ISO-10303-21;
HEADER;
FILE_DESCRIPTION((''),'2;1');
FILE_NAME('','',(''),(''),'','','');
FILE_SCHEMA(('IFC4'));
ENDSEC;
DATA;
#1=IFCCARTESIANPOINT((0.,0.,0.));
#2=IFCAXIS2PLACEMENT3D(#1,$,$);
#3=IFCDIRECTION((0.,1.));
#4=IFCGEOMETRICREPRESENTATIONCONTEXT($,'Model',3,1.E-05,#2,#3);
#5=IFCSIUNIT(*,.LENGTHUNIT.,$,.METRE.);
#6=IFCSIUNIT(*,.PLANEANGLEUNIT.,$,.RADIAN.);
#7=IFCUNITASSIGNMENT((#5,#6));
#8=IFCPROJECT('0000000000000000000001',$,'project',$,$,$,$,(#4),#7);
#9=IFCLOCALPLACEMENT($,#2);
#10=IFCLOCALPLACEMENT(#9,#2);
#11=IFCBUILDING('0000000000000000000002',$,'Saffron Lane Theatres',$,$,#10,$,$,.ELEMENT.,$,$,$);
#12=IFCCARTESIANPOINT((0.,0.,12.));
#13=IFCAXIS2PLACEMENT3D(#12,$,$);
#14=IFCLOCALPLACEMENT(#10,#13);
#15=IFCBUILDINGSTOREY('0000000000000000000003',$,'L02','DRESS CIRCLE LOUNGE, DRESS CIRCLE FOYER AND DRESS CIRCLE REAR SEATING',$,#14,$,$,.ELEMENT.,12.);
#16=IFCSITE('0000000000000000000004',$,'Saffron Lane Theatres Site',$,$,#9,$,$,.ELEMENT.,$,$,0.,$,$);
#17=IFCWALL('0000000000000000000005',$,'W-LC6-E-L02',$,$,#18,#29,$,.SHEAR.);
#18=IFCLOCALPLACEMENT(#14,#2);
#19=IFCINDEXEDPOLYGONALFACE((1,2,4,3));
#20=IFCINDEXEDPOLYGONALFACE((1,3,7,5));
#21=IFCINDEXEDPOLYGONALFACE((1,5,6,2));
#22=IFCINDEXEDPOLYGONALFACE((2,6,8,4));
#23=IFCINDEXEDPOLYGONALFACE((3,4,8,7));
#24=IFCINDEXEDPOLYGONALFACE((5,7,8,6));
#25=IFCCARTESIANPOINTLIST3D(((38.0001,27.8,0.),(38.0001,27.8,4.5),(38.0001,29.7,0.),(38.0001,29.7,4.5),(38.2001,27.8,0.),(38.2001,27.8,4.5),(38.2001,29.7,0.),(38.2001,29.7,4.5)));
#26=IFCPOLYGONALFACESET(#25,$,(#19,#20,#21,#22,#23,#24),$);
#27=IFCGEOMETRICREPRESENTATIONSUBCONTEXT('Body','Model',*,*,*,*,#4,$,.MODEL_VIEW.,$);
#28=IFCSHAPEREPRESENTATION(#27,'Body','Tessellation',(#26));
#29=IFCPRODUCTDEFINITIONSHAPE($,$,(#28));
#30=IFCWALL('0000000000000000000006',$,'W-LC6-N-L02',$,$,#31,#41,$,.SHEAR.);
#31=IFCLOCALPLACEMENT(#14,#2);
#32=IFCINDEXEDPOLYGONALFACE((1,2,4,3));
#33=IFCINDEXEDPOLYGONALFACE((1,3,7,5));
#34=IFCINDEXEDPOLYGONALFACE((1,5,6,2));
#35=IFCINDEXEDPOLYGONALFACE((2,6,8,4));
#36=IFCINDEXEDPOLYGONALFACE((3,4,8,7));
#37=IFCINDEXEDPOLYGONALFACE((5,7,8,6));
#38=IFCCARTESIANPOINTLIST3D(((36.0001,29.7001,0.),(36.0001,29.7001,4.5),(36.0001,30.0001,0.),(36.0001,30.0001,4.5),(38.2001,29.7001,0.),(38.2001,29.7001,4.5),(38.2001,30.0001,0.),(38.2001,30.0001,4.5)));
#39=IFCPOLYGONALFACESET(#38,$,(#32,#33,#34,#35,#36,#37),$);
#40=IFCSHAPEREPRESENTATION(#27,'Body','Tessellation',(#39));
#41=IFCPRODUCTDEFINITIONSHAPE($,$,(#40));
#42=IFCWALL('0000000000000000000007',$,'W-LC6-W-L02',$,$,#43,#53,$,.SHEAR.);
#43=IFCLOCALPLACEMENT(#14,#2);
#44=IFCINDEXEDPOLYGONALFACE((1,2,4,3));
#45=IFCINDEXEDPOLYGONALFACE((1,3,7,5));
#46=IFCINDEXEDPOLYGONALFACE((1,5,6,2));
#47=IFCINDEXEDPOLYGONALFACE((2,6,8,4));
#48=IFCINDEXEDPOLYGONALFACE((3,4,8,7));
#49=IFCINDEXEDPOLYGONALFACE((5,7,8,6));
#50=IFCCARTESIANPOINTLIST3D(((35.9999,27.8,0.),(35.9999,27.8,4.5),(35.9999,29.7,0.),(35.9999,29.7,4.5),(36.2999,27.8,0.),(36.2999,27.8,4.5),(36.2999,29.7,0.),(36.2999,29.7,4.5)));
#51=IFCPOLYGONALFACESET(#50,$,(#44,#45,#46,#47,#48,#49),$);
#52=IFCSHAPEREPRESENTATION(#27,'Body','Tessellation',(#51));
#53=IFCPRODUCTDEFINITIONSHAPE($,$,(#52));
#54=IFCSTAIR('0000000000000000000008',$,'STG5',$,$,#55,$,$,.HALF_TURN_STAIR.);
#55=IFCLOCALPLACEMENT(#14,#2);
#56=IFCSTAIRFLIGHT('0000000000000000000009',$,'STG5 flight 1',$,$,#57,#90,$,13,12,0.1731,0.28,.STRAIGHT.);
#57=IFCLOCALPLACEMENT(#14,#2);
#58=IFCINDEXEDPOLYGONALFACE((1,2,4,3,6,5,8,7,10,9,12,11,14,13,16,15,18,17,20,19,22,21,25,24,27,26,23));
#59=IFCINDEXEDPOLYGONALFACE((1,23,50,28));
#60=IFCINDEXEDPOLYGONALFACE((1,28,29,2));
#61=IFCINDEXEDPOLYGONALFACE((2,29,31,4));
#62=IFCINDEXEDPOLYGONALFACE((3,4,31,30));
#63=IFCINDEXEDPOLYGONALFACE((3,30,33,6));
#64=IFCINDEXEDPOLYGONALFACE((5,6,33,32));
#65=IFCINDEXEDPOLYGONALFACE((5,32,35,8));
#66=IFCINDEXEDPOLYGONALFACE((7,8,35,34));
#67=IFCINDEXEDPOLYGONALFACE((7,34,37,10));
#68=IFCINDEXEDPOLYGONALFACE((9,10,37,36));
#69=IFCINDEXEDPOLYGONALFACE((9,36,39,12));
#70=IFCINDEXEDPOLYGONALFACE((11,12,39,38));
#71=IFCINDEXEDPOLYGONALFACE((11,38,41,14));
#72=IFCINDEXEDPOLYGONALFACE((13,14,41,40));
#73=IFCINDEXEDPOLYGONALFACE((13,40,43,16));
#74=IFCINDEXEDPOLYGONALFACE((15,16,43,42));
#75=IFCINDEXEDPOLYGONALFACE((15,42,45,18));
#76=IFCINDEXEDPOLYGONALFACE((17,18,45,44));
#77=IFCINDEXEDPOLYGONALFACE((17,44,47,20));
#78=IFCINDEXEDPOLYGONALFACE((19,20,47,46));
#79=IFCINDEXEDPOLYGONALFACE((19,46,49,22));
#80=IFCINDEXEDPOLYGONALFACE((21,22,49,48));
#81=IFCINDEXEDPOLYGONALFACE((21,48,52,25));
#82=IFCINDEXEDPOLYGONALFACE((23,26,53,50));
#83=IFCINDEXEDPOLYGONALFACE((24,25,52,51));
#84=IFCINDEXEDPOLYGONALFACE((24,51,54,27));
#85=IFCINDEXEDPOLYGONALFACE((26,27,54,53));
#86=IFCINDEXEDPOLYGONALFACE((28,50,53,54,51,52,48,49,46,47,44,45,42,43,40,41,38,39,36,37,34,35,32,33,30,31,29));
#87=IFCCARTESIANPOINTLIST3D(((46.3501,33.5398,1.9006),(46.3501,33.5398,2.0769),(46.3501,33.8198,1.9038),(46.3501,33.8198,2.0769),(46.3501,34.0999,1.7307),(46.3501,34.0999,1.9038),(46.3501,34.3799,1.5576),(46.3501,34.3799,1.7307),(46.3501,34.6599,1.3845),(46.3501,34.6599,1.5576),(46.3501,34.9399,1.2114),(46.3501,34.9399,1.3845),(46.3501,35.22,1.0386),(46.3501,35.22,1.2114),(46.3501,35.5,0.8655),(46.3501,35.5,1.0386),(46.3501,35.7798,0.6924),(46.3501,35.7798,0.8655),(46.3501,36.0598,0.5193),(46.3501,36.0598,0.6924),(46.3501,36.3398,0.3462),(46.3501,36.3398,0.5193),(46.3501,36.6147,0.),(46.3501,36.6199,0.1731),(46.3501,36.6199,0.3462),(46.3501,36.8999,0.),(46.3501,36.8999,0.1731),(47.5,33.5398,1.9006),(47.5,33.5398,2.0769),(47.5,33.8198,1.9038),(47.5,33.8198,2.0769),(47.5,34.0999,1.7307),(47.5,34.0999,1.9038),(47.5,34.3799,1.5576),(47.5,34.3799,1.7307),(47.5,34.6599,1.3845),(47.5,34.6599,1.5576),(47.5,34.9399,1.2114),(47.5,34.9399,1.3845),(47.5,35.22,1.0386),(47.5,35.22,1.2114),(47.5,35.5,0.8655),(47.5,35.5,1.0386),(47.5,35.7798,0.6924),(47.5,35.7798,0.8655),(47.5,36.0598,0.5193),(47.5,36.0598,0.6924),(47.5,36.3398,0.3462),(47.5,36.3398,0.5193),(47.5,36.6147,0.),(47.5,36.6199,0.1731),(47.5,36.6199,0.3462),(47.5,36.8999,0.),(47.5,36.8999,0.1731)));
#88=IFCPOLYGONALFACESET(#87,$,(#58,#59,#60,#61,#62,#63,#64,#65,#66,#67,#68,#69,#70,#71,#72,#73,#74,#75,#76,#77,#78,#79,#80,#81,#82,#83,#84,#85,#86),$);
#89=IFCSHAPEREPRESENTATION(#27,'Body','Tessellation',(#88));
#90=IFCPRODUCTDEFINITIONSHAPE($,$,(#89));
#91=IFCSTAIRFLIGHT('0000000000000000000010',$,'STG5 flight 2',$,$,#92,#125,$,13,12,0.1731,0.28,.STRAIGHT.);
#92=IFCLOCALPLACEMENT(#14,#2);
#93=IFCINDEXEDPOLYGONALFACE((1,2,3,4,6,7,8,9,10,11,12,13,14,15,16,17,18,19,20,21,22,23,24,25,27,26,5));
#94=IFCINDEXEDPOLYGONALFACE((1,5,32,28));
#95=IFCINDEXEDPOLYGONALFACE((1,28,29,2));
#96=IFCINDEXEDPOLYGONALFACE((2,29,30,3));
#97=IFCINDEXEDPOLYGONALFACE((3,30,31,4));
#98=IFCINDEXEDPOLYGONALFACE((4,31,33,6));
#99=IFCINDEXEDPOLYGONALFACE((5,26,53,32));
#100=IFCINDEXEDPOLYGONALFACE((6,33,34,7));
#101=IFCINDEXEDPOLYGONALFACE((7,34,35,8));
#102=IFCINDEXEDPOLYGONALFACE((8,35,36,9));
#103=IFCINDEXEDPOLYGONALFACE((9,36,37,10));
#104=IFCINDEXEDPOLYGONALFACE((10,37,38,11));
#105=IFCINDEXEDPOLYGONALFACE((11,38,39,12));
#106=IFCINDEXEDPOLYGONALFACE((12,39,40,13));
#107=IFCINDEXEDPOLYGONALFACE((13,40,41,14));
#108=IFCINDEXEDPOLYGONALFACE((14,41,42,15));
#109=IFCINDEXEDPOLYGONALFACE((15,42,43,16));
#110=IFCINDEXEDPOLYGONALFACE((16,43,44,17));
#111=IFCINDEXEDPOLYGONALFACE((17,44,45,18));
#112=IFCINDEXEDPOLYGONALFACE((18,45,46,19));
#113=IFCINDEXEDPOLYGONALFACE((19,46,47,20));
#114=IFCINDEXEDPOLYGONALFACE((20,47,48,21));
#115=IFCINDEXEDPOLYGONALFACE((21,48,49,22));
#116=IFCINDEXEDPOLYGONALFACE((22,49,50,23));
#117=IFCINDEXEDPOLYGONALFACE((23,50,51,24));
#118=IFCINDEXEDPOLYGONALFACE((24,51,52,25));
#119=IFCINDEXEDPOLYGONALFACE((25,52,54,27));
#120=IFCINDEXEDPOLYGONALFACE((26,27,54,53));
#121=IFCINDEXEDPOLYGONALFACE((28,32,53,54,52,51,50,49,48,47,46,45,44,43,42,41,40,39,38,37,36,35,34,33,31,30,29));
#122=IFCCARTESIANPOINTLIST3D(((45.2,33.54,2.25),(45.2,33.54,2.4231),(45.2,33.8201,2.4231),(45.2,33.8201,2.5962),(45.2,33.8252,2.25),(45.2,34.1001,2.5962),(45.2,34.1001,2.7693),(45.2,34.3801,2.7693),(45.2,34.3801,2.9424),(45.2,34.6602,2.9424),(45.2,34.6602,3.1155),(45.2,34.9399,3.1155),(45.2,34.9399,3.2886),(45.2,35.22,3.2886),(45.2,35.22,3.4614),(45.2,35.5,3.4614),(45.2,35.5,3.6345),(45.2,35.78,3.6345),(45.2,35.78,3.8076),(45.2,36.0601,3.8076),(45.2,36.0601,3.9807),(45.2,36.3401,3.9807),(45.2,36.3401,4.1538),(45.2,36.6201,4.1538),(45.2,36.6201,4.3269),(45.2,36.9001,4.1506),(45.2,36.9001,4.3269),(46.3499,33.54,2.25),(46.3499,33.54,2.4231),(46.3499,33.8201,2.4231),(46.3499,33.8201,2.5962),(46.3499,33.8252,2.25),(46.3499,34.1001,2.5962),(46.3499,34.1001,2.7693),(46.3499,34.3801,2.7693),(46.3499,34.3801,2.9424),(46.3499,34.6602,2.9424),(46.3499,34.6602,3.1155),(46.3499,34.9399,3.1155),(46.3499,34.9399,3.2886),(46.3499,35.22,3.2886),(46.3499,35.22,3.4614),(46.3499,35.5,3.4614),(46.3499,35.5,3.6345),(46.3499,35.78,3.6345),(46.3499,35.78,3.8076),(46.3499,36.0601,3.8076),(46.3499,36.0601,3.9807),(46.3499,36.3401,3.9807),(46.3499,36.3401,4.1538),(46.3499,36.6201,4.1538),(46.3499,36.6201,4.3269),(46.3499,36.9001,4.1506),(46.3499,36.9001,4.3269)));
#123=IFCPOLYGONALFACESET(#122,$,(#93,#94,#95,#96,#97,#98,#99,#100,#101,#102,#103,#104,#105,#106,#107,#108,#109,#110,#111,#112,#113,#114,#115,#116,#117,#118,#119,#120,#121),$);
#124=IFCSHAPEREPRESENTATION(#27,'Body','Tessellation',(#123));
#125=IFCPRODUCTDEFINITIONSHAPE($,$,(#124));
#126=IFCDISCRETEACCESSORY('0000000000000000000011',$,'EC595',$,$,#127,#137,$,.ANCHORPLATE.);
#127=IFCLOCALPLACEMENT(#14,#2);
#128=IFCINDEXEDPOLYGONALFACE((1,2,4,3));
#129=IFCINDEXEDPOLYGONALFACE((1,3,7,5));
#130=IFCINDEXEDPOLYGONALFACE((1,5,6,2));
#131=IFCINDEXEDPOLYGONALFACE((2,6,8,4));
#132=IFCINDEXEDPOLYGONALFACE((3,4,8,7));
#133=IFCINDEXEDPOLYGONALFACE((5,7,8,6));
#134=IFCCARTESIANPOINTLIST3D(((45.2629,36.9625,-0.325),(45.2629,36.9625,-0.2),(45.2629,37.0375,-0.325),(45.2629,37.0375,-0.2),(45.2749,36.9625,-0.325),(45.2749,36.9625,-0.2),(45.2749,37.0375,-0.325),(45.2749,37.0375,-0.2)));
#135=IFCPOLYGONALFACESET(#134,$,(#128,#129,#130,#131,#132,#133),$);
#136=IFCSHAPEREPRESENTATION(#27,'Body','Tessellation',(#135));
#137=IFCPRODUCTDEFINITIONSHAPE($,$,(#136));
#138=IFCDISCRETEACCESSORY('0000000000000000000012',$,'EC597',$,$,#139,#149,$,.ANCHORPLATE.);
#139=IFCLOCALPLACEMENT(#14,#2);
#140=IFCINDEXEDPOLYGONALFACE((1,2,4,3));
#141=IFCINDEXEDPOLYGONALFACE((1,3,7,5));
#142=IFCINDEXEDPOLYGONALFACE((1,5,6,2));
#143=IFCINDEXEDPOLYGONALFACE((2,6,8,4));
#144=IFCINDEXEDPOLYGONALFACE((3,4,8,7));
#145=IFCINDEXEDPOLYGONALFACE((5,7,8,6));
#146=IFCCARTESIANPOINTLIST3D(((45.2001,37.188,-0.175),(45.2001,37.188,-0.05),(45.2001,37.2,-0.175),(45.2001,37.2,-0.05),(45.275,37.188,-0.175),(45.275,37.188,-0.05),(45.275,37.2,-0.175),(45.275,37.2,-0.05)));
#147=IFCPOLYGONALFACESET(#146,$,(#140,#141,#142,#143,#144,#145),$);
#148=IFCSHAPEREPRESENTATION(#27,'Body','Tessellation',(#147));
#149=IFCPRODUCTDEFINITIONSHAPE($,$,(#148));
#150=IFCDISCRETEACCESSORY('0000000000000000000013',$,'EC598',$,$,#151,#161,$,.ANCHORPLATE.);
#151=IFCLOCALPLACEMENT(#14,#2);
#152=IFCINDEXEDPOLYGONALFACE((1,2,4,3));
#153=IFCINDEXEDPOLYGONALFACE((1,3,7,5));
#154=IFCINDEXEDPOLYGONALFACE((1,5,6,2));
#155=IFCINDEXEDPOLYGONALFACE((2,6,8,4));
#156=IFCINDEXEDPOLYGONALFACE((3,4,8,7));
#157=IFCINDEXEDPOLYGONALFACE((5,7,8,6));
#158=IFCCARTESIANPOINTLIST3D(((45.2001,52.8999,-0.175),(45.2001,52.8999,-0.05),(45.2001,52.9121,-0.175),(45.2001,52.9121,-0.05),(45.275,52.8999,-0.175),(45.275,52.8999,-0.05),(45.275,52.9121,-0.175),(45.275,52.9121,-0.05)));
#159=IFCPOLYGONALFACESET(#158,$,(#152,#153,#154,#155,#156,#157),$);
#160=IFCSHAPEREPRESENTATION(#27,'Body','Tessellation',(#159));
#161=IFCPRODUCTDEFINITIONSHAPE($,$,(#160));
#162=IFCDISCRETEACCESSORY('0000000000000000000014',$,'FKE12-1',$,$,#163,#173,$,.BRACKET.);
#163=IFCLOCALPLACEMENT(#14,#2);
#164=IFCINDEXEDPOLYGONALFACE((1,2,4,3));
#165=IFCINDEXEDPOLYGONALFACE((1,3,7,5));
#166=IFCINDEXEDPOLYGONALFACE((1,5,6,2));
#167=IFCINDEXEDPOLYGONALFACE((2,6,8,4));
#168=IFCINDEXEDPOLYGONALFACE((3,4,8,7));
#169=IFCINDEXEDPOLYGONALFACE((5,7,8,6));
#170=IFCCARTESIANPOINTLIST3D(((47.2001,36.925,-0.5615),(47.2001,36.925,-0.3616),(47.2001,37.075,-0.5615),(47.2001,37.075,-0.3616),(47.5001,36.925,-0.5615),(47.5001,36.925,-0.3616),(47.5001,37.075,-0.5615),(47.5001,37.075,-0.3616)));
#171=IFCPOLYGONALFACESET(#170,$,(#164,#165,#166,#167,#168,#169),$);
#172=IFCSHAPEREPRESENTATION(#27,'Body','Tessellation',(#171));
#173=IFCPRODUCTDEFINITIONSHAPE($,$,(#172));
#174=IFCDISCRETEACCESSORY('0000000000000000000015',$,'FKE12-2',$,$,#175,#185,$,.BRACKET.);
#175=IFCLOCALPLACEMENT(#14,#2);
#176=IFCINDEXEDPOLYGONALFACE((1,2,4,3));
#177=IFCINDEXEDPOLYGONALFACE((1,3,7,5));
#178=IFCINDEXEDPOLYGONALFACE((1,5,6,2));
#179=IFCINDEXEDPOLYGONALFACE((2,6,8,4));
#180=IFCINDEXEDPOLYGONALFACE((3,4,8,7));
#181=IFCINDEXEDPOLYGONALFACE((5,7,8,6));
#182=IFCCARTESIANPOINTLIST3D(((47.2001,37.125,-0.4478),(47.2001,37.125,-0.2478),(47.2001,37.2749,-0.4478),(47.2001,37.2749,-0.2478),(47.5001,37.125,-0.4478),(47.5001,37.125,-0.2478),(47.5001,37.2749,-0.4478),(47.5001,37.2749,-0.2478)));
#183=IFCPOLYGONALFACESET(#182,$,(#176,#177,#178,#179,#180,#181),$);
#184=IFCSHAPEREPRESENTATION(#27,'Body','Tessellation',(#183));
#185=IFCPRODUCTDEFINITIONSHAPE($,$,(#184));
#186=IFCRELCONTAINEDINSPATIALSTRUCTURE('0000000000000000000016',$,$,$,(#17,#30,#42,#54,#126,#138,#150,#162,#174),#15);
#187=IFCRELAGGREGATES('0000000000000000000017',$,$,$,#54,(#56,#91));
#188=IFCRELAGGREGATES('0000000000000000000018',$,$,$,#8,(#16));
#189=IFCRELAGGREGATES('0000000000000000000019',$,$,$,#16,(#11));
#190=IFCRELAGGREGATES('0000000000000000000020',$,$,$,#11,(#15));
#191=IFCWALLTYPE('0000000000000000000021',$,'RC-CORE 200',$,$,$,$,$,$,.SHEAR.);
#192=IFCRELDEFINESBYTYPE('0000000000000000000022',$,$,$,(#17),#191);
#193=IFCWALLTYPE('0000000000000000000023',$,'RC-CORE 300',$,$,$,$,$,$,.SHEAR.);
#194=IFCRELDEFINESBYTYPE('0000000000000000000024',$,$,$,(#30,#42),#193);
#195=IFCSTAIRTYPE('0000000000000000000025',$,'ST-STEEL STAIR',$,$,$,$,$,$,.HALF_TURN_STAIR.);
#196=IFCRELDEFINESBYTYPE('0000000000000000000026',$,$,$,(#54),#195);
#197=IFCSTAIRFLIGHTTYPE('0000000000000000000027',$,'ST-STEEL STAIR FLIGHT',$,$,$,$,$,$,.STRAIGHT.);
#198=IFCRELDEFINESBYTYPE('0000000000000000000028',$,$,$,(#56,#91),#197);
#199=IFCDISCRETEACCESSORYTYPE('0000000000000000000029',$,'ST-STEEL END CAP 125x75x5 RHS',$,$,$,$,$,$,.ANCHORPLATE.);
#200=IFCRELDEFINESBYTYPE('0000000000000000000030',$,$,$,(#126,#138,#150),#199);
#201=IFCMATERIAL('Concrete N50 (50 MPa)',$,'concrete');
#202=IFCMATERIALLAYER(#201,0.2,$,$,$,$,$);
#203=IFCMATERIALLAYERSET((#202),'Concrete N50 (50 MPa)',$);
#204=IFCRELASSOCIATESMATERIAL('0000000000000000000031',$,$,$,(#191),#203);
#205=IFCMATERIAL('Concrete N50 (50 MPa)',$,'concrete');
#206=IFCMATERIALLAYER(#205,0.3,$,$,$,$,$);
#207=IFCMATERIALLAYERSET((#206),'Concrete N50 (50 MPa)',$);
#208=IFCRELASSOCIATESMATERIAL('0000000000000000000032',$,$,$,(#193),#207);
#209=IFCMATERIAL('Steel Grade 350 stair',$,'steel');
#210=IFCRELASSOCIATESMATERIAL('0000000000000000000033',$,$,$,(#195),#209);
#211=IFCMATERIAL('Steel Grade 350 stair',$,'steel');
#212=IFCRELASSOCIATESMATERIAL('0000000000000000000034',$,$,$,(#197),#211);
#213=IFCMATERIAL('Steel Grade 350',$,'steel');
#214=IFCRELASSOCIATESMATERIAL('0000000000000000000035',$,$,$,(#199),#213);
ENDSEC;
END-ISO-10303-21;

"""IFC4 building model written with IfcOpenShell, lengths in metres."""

from ifc_helpers import new_model, si_unit, direction, frame, frame_2d, origin, origin_2d, place, context, subcontext, project, spatial, polyline, rectangle, outline, extrude, material, layer, layer_set, material_profile, profile_set, type_object, element, aggregate, save


model = new_model("IFC4")

# Units and contexts
model_context = context("Model", 3, precision=1e-05, world=origin(), true_north=direction((0.0, 1.0)))
body_context = subcontext(model_context, "Body", "Model", "MODEL_VIEW")
ifc_project = project(units=[si_unit("LENGTHUNIT", "METRE"), si_unit("PLANEANGLEUNIT", "RADIAN")], contexts=[model_context])

# Site, building, storey
site_placement = place(None, origin())
site = spatial("IfcSite", under=ifc_project, at=site_placement, Name="Saffron Lane Theatres Site", CompositionType="ELEMENT", RefElevation=0.0)
building_placement = place(site_placement, origin())
building = spatial("IfcBuilding", under=site, at=building_placement, Name="Saffron Lane Theatres", CompositionType="ELEMENT")
storey_placement = place(building_placement, frame((0.0, 0.0, 12.0)))
storey = spatial("IfcBuildingStorey", under=building, at=storey_placement, Name="L02", Description="DRESS CIRCLE LOUNGE, DRESS CIRCLE FOYER AND DRESS CIRCLE REAR SEATING", CompositionType="ELEMENT", Elevation=12.0)

# Shared definitions
ifc_material_1 = material(Name="Concrete N50 (50 MPa)", Category="concrete")
ifc_layer_1 = layer(ifc_material_1, 0.2)
ifc_layer_set_1 = layer_set([ifc_layer_1], Name="Concrete N50 (50 MPa)")
wall_type_1 = type_object("IfcWallType", Name="RC-CORE 200", PredefinedType="SHEAR", material=ifc_layer_set_1)

# Walls
wall_1_placement = place(storey_placement, frame((38.1001, 27.8, 0.0), z_axis=(0.0, 0.0, 1.0), x_axis=(0.0, 1.0, 0.0)))
element("IfcWall", 1, at=wall_1_placement, inside=storey, type_object=wall_type_1, Name="W-LC6-E-L02", PredefinedType="SHEAR", context=body_context, shape_type="SweptSolid", body=[
    extrude(rectangle(XDim=1.8999, YDim=0.2, at=frame_2d((0.95, 0.0))), origin(), (0.0, 0.0, 1.0), 4.5),
])
ifc_material_2 = material(Name="Concrete N50 (50 MPa)", Category="concrete")
ifc_layer_2 = layer(ifc_material_2, 0.3)
ifc_layer_set_2 = layer_set([ifc_layer_2], Name="Concrete N50 (50 MPa)")
wall_type_2 = type_object("IfcWallType", Name="RC-CORE 300", PredefinedType="SHEAR", material=ifc_layer_set_2)
wall_2_placement = place(storey_placement, frame((36.0, 29.8501, 0.0), z_axis=(0.0, 0.0, 1.0), x_axis=(1.0, 0.0, 0.0)))
element("IfcWall", 2, at=wall_2_placement, inside=storey, type_object=wall_type_2, Name="W-LC6-N-L02", PredefinedType="SHEAR", context=body_context, shape_type="SweptSolid", body=[
    extrude(rectangle(XDim=2.2, YDim=0.3, at=frame_2d((1.1001, 0.0))), origin(), (0.0, 0.0, 1.0), 4.5),
])
wall_3_placement = place(storey_placement, frame((36.1499, 27.8, 0.0), z_axis=(0.0, 0.0, 1.0), x_axis=(0.0, 1.0, 0.0)))
element("IfcWall", 3, at=wall_3_placement, inside=storey, type_object=wall_type_2, Name="W-LC6-W-L02", PredefinedType="SHEAR", context=body_context, shape_type="SweptSolid", body=[
    extrude(rectangle(XDim=1.8999, YDim=0.3, at=frame_2d((0.95, 0.0))), origin(), (0.0, 0.0, 1.0), 4.5),
])

# Stair, stair flights
ifc_material_3 = material(Name="Steel Grade 350 stair", Category="steel")
stair_type = type_object("IfcStairType", Name="ST-STEEL STAIR", PredefinedType="HALF_TURN_STAIR", material=ifc_material_3)
stair_placement = place(storey_placement, origin())
stair = element("IfcStair", 4, at=stair_placement, inside=storey, type_object=stair_type, Name="STG5", PredefinedType="HALF_TURN_STAIR")
ifc_material_4 = material(Name="Steel Grade 350 stair", Category="steel")
stair_flight_type = type_object("IfcStairFlightType", Name="ST-STEEL STAIR FLIGHT", PredefinedType="STRAIGHT", material=ifc_material_4)
stair_flight_1_placement = place(storey_placement, frame((46.925, 36.8999, 0.0), z_axis=(0.0, 0.0, 1.0), x_axis=(0.0, -1.0, 0.0)))
stair_flight_1 = element("IfcStairFlight", 5, at=stair_flight_1_placement, type_object=stair_flight_type, Name="STG5 flight 1", NumberOfRisers=13, NumberOfTreads=12, PredefinedType="STRAIGHT", RiserHeight=0.1731, TreadLength=0.28, context=body_context, shape_type="SweptSolid", body=[
    extrude(outline(polyline([(0.0, 0.0), (0.0, 0.1731), (0.28, 0.1731), (0.28, 0.3462), (0.5601, 0.3462), (0.5601, 0.5193), (0.8401, 0.5193), (0.8401, 0.6924), (1.1201, 0.6924), (1.1201, 0.8655), (1.3999, 0.8655), (1.3999, 1.0386), (1.6799, 1.0386), (1.6799, 1.2114), (1.96, 1.2114), (1.96, 1.3845), (2.24, 1.3845), (2.24, 1.5576), (2.52, 1.5576), (2.52, 1.7307), (2.8, 1.7307), (2.8, 1.9038), (3.0801, 1.9038), (3.0801, 2.0769), (3.3601, 2.0769), (3.3601, 2.25), (3.3601, 1.9006), (0.2852, 0.0), (0.0, 0.0)])), frame((0.0, 0.575, 0.0), z_axis=(0.0, -1.0, 0.0), x_axis=(1.0, 0.0, 0.0)), (0.0, 0.0, 1.0), 1.1499),
])
stair_flight_2_placement = place(storey_placement, frame((45.7749, 33.54, 2.25), z_axis=(0.0, 0.0, 1.0), x_axis=(0.0, 1.0, 0.0)))
stair_flight_2 = element("IfcStairFlight", 6, at=stair_flight_2_placement, type_object=stair_flight_type, Name="STG5 flight 2", NumberOfRisers=13, NumberOfTreads=12, PredefinedType="STRAIGHT", RiserHeight=0.1731, TreadLength=0.28, context=body_context, shape_type="SweptSolid", body=[
    extrude(outline(polyline([(0.0, 0.0), (0.0, 0.1731), (0.28, 0.1731), (0.28, 0.3462), (0.5601, 0.3462), (0.5601, 0.5193), (0.8401, 0.5193), (0.8401, 0.6924), (1.1201, 0.6924), (1.1201, 0.8655), (1.3999, 0.8655), (1.3999, 1.0386), (1.6799, 1.0386), (1.6799, 1.2114), (1.96, 1.2114), (1.96, 1.3845), (2.24, 1.3845), (2.24, 1.5576), (2.52, 1.5576), (2.52, 1.7307), (2.8, 1.7307), (2.8, 1.9038), (3.0801, 1.9038), (3.0801, 2.0769), (3.3601, 2.0769), (3.3601, 2.25), (3.3601, 1.9006), (0.2852, 0.0), (0.0, 0.0)])), frame((0.0, 0.575, 0.0), z_axis=(0.0, -1.0, 0.0), x_axis=(1.0, 0.0, 0.0)), (0.0, 0.0, 1.0), 1.1499),
])
aggregate(stair, [stair_flight_1, stair_flight_2])

# Discrete accessories
ifc_material_5 = material(Name="Steel Grade 350", Category="steel")
ifc_material_profile_1 = material_profile(ifc_material_5, rectangle(XDim=0.075, YDim=0.125, at=origin_2d()))
ifc_profile_set_1 = profile_set([ifc_material_profile_1], Name="Steel Grade 350")
discrete_accessory_type = type_object("IfcDiscreteAccessoryType", Name="ST-STEEL END CAP 125x75x5 RHS", PredefinedType="ANCHORPLATE", material=ifc_profile_set_1)
for number, where, z_axis, x_axis, name in (
    (7, (45.2629, 37.0, -0.2625), (1.0, 0.0, 0.0), (0.0, 1.0, 0.0), "EC595"),
    (8, (45.2375, 37.188, -0.1125), (0.0, 1.0, 0.0), (-1.0, 0.0, 0.0), "EC597"),
):
    element("IfcDiscreteAccessory", number, at=place(storey_placement, frame(where, z_axis=z_axis, x_axis=x_axis)), inside=storey, type_object=discrete_accessory_type, Name=name, PredefinedType="ANCHORPLATE", context=body_context, shape_type="SweptSolid", body=[
        extrude(rectangle(XDim=0.075, YDim=0.125, at=origin_2d()), origin(), (0.0, 0.0, 1.0), 0.012),
    ])
discrete_accessory_placement = place(storey_placement, frame((45.2375, 52.8999, -0.1125), z_axis=(0.0, 1.0, 0.0), x_axis=(-1.0, 0.0, 0.0)))
element("IfcDiscreteAccessory", 9, at=discrete_accessory_placement, inside=storey, type_object=discrete_accessory_type, Name="EC598", PredefinedType="ANCHORPLATE", context=body_context, shape_type="SweptSolid", body=[
    extrude(rectangle(XDim=0.075, YDim=0.125, at=origin_2d()), origin(), (0.0, 0.0, 1.0), 0.0122),
])
for number, where, z_axis, x_axis, name in (
    (10, (47.3501, 37.0, -0.5615), (0.0, 0.0, 1.0), (1.0, 0.0, 0.0), "FKE12-1"),
    (11, (47.3501, 37.2, -0.4478), (0.0, 0.0, 1.0), (1.0, 0.0, 0.0), "FKE12-2"),
):
    element("IfcDiscreteAccessory", number, at=place(storey_placement, frame(where, z_axis=z_axis, x_axis=x_axis)), inside=storey, Name=name, PredefinedType="BRACKET", context=body_context, shape_type="SweptSolid", body=[
        extrude(rectangle(XDim=0.3, YDim=0.1499, at=origin_2d()), origin(), (0.0, 0.0, 1.0), 0.2),
    ])

save(model, "model.ifc")
